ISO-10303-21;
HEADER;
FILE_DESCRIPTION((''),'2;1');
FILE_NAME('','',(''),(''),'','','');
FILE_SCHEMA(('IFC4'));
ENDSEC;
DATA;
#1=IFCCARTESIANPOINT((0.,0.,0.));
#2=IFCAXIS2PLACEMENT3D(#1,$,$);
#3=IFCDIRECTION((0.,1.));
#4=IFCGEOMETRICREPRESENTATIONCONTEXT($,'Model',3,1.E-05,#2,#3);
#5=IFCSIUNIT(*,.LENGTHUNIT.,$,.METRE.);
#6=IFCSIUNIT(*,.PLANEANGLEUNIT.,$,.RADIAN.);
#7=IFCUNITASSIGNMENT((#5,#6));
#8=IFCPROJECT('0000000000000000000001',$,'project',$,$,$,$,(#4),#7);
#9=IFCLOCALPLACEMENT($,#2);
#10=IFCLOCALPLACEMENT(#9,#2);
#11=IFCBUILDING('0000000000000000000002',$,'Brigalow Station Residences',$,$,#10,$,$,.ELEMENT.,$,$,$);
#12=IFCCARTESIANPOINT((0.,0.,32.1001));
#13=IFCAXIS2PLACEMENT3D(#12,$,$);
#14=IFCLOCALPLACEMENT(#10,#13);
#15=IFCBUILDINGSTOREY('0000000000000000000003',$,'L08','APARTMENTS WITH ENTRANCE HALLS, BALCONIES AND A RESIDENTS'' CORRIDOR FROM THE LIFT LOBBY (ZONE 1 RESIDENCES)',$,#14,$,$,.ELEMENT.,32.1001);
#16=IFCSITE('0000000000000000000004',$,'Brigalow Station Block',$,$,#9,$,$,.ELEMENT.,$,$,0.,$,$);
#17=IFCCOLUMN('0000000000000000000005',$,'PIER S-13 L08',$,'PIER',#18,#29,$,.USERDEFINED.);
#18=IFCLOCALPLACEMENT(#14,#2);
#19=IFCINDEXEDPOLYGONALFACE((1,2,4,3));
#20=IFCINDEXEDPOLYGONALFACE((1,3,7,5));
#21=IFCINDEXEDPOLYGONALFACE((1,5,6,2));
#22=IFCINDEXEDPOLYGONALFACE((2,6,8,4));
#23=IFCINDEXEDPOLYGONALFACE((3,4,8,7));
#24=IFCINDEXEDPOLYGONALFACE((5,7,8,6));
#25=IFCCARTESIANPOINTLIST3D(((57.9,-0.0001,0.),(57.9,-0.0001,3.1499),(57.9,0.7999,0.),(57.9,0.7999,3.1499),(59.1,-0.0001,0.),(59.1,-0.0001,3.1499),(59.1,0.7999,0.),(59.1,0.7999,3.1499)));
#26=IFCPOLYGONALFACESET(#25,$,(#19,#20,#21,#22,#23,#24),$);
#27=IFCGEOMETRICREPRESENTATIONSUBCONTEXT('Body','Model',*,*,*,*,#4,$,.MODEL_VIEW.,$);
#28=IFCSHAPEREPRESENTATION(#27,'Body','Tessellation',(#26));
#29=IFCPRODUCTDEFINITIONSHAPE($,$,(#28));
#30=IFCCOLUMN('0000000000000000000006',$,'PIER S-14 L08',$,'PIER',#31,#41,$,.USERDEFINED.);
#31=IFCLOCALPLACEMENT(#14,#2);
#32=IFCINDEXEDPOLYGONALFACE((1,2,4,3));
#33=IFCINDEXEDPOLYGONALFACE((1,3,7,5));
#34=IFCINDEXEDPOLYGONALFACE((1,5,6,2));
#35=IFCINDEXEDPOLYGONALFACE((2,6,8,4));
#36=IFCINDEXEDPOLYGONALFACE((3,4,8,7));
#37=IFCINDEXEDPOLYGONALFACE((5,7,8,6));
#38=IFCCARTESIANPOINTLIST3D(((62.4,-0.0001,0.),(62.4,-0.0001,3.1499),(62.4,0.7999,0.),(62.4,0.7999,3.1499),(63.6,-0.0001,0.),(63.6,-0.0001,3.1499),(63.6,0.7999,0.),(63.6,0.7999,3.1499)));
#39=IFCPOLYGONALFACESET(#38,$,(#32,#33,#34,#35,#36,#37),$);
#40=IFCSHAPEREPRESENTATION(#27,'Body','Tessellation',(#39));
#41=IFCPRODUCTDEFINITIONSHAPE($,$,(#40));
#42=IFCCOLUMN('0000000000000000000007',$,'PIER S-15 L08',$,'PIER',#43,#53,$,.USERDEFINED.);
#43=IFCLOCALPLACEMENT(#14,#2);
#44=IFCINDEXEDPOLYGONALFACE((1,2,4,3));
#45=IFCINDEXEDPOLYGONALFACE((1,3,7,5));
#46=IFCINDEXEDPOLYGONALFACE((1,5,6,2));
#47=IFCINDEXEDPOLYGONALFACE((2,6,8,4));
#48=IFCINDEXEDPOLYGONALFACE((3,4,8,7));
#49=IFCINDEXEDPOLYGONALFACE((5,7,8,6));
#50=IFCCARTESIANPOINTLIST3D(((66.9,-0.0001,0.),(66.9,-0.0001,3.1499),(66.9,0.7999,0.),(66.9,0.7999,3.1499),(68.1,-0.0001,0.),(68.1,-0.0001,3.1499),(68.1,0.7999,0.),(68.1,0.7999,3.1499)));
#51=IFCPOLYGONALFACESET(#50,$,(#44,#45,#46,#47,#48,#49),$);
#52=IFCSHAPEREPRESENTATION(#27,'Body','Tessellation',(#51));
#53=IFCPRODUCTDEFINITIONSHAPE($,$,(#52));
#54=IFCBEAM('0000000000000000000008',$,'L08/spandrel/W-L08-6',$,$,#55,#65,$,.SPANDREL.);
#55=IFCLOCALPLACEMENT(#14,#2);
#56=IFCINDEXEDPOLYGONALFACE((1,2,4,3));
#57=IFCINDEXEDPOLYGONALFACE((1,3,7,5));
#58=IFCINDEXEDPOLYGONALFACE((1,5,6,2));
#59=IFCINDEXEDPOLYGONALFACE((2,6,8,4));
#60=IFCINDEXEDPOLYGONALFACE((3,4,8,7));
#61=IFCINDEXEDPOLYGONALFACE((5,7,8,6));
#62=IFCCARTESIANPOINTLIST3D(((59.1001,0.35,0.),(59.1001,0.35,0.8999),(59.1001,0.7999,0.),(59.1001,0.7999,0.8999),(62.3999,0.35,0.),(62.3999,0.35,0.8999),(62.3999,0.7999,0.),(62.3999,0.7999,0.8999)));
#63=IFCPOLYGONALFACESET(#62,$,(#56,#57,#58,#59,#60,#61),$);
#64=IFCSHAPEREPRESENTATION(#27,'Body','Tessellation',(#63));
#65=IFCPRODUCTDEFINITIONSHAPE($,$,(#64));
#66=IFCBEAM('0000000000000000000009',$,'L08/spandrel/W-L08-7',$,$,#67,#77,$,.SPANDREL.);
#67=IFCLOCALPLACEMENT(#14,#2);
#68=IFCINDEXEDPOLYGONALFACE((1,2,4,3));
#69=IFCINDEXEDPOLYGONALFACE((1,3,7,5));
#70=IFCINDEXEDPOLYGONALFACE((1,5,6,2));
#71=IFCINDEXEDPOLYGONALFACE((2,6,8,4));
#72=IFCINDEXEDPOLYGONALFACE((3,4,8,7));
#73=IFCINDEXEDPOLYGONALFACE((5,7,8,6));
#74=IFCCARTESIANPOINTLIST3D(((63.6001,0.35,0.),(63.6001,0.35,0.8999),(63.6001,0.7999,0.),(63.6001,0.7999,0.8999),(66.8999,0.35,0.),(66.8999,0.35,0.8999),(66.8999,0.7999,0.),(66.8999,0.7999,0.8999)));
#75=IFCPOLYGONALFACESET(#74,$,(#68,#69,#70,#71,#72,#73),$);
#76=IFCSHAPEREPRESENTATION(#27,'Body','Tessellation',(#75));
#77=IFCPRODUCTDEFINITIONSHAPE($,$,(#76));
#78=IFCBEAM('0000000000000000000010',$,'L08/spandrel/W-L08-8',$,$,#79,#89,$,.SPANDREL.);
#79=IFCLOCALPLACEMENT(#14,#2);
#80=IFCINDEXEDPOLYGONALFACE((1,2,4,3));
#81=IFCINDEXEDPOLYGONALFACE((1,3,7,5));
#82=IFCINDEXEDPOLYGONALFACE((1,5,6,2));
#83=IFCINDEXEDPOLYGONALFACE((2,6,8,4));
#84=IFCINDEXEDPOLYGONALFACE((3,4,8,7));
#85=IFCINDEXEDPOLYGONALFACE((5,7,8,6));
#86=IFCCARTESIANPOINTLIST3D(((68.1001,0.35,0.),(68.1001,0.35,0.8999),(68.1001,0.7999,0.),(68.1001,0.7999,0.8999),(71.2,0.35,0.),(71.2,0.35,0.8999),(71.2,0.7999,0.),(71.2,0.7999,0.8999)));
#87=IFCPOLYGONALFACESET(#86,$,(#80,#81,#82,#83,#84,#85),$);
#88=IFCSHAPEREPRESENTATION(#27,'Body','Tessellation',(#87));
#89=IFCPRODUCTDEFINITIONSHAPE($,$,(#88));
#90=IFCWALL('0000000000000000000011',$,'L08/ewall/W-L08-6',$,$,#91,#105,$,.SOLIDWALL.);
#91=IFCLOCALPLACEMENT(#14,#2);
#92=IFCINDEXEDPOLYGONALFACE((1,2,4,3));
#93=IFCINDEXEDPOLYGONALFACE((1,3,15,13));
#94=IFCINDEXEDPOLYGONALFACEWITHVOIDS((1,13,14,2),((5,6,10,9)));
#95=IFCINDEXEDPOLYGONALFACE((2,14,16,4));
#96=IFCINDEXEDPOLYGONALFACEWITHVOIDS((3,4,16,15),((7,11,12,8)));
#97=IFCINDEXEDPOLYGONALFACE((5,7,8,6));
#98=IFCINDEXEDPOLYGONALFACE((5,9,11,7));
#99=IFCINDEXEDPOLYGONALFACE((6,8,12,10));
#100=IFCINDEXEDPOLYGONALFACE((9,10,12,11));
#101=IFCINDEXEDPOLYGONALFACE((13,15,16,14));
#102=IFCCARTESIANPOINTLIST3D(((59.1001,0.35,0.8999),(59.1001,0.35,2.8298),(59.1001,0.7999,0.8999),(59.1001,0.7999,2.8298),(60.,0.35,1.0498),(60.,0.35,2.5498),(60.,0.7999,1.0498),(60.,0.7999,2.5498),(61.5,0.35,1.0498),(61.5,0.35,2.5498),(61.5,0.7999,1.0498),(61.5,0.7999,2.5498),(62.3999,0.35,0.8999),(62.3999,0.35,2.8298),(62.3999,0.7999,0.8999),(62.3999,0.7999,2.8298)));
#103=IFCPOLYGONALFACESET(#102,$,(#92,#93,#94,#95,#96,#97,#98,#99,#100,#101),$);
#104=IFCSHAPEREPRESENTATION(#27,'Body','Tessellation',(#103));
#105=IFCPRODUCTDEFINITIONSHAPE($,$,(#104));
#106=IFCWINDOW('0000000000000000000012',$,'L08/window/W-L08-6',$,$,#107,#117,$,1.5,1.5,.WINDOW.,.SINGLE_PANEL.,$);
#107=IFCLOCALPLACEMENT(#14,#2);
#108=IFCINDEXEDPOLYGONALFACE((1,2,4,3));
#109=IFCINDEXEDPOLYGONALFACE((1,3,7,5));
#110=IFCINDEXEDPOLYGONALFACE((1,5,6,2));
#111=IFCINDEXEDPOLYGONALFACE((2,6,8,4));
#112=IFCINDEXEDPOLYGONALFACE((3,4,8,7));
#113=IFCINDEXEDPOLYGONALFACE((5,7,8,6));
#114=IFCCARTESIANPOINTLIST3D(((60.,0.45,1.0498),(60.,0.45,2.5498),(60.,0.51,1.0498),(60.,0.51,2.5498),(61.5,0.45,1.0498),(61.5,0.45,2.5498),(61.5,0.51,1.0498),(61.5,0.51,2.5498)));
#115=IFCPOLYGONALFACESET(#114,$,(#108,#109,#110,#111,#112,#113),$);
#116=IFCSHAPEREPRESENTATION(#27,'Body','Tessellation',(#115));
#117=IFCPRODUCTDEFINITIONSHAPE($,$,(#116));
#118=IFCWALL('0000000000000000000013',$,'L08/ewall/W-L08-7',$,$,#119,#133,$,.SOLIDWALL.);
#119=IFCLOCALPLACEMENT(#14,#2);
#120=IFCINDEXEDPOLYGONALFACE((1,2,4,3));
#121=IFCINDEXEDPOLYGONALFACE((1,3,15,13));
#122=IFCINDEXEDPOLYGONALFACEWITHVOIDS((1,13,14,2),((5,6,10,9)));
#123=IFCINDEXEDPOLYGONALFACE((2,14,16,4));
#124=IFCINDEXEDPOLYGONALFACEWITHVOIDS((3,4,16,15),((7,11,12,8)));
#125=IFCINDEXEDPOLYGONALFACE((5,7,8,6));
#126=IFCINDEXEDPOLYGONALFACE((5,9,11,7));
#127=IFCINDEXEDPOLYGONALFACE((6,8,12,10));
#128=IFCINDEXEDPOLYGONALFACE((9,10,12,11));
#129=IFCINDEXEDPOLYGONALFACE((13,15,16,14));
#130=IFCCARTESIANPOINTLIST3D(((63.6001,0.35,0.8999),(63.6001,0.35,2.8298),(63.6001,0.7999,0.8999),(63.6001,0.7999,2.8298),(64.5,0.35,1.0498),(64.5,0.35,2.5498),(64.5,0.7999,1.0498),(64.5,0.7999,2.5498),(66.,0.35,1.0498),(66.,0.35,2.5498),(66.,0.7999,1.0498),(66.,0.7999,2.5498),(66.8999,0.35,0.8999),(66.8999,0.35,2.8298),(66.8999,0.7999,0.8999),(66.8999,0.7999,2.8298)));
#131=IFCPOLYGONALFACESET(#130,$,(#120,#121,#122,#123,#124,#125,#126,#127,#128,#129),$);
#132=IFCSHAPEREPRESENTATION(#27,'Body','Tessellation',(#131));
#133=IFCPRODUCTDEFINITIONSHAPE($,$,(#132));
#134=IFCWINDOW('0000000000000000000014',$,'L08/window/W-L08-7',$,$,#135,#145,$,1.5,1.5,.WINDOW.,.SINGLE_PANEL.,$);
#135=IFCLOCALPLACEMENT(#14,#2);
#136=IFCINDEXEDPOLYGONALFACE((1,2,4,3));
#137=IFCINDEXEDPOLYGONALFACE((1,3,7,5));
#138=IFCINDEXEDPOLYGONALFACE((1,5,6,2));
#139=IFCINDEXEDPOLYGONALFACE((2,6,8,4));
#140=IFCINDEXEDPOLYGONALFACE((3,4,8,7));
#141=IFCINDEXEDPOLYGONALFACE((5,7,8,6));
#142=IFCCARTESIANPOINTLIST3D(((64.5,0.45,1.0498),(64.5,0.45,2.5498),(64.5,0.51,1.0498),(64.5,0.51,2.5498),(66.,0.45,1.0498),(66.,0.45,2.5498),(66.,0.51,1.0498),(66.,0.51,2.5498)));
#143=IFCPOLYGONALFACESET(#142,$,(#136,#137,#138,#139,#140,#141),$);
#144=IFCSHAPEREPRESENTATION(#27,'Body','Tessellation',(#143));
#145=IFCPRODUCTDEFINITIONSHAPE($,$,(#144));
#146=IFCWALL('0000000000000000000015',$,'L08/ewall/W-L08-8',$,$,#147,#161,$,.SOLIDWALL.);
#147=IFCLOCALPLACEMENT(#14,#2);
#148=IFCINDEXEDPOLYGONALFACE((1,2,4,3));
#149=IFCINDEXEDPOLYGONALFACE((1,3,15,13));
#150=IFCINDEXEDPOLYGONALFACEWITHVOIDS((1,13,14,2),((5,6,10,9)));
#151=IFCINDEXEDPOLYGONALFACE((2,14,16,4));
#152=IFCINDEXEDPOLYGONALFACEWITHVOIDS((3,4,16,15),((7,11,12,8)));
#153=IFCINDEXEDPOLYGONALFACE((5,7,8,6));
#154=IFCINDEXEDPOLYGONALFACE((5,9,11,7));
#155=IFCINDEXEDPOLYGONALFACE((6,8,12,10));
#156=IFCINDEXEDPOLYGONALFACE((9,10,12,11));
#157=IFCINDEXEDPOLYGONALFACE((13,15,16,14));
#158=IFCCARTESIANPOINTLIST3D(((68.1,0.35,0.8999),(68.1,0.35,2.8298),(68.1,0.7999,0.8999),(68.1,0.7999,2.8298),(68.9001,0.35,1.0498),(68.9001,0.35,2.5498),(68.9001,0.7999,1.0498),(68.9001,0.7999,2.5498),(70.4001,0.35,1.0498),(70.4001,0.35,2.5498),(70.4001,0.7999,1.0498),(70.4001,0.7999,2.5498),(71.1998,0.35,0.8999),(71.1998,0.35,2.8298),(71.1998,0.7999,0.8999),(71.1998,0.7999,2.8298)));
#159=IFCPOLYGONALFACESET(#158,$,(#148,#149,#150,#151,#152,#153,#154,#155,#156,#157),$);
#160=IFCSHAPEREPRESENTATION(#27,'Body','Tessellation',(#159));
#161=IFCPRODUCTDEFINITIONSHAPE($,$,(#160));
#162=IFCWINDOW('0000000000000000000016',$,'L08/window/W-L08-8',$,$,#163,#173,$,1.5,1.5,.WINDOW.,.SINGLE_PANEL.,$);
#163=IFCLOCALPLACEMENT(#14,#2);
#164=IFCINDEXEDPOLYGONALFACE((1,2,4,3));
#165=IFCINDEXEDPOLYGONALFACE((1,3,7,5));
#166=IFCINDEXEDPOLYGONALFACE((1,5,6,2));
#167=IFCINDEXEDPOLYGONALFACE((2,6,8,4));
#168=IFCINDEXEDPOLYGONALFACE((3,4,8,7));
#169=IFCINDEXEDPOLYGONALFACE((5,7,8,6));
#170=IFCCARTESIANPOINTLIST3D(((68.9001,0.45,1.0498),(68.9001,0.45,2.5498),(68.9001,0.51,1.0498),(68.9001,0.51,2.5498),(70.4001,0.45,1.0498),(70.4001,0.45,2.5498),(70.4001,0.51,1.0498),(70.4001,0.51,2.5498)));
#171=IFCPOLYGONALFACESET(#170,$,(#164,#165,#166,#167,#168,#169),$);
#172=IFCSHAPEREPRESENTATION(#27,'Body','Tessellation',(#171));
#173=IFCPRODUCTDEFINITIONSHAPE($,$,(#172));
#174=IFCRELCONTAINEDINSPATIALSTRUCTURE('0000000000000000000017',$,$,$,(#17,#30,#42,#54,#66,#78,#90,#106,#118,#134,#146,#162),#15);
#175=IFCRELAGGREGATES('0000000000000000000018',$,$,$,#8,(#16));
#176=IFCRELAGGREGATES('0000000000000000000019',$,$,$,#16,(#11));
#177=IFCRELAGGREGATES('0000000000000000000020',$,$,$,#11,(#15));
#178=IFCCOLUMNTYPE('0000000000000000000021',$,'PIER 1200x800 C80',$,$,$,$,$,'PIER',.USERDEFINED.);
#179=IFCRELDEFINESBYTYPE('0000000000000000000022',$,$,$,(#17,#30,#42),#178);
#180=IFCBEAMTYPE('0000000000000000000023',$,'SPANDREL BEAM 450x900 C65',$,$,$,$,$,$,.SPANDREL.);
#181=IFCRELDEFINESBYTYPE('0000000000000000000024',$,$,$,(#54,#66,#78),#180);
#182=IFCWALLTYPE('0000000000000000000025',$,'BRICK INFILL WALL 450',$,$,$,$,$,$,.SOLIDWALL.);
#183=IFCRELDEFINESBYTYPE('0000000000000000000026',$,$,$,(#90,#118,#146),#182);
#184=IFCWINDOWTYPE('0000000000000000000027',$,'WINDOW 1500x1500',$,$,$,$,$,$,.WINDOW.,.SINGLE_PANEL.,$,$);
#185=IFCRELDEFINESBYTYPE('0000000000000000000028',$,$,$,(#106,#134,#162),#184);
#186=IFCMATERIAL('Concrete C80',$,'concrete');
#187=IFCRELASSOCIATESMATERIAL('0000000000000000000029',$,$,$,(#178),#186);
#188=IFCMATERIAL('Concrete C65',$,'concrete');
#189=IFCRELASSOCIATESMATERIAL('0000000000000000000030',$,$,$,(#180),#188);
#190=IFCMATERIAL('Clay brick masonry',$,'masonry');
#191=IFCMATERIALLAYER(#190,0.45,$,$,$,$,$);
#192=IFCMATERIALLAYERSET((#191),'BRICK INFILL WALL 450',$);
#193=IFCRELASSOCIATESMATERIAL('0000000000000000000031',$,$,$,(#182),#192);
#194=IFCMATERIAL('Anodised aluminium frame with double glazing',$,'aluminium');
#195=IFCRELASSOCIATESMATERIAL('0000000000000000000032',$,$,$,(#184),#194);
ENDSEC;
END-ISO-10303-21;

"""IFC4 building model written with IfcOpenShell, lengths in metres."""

from ifc_helpers import new_model, si_unit, direction, frame, frame_2d, origin, origin_2d, place, context, subcontext, project, spatial, rectangle, extrude, material, layer, layer_set, material_profile, profile_set, type_object, element, fill, save


model = new_model("IFC4")

# Units and contexts
model_context = context("Model", 3, precision=1e-05, world=origin(), true_north=direction((0.0, 1.0)))
body_context = subcontext(model_context, "Body", "Model", "MODEL_VIEW")
ifc_project = project(units=[si_unit("LENGTHUNIT", "METRE"), si_unit("PLANEANGLEUNIT", "RADIAN")], contexts=[model_context])

# Site, building, storey
site_placement = place(None, origin())
site = spatial("IfcSite", under=ifc_project, at=site_placement, Name="Brigalow Station Block", CompositionType="ELEMENT", RefElevation=0.0)
building_placement = place(site_placement, origin())
building = spatial("IfcBuilding", under=site, at=building_placement, Name="Brigalow Station Residences", CompositionType="ELEMENT")
storey_placement = place(building_placement, frame((0.0, 0.0, 32.1001)))
storey = spatial("IfcBuildingStorey", under=building, at=storey_placement, Name="L08", Description="APARTMENTS WITH ENTRANCE HALLS, BALCONIES AND A RESIDENTS' CORRIDOR FROM THE LIFT LOBBY (ZONE 1 RESIDENCES)", CompositionType="ELEMENT", Elevation=32.1001)

# Columns
ifc_material_1 = material(Name="Concrete C80", Category="concrete")
ifc_material_profile_1 = material_profile(ifc_material_1, rectangle(XDim=1.2, YDim=0.8, at=origin_2d()), Name="RC1200x800")
ifc_profile_set_1 = profile_set([ifc_material_profile_1], Name="Concrete C80")
column_type = type_object("IfcColumnType", Name="PIER 1200x800 C80", ElementType="PIER", PredefinedType="USERDEFINED", material=ifc_profile_set_1)
for number, where, z_axis, x_axis, name in (
    (1, (58.5, 0.3999, 0.0), (0.0, 0.0, 1.0), (1.0, 0.0, 0.0), "PIER S-13 L08"),
    (2, (63.0, 0.3999, 0.0), (0.0, 0.0, 1.0), (1.0, 0.0, 0.0), "PIER S-14 L08"),
    (3, (67.5, 0.3999, 0.0), (0.0, 0.0, 1.0), (1.0, 0.0, 0.0), "PIER S-15 L08"),
):
    element("IfcColumn", number, at=place(storey_placement, frame(where, z_axis=z_axis, x_axis=x_axis)), inside=storey, type_object=column_type, Name=name, ObjectType="PIER", PredefinedType="USERDEFINED", context=body_context, shape_type="SweptSolid", body=[
        extrude(rectangle(XDim=1.2, YDim=0.8, at=origin_2d()), origin(), (0.0, 0.0, 1.0), 3.1499),
    ])

# Beams
ifc_material_2 = material(Name="Concrete C65", Category="concrete")
ifc_material_profile_2 = material_profile(ifc_material_2, rectangle(XDim=0.45, YDim=0.8999, at=origin_2d()), Name="RC450x900")
ifc_profile_set_2 = profile_set([ifc_material_profile_2], Name="Concrete C65")
beam_type = type_object("IfcBeamType", Name="SPANDREL BEAM 450x900 C65", PredefinedType="SPANDREL", material=ifc_profile_set_2)
for number, where, z_axis, x_axis, name in (
    (4, (59.1001, 0.575, 0.45), (1.0, 0.0, 0.0), (0.0, 1.0, 0.0), "L08/spandrel/W-L08-6"),
    (5, (63.6001, 0.575, 0.45), (1.0, 0.0, 0.0), (0.0, 1.0, 0.0), "L08/spandrel/W-L08-7"),
):
    element("IfcBeam", number, at=place(storey_placement, frame(where, z_axis=z_axis, x_axis=x_axis)), inside=storey, type_object=beam_type, Name=name, PredefinedType="SPANDREL", context=body_context, shape_type="SweptSolid", body=[
        extrude(rectangle(XDim=0.45, YDim=0.8999, at=origin_2d()), origin(), (0.0, 0.0, 1.0), 3.2998),
    ])
beam_placement = place(storey_placement, frame((68.1001, 0.575, 0.45), z_axis=(1.0, 0.0, 0.0), x_axis=(0.0, 1.0, 0.0)))
element("IfcBeam", 6, at=beam_placement, inside=storey, type_object=beam_type, Name="L08/spandrel/W-L08-8", PredefinedType="SPANDREL", context=body_context, shape_type="SweptSolid", body=[
    extrude(rectangle(XDim=0.45, YDim=0.8999, at=origin_2d()), origin(), (0.0, 0.0, 1.0), 3.0999),
])

# Walls, openings, windows
ifc_material_3 = material(Name="Clay brick masonry", Category="masonry")
ifc_layer_1 = layer(ifc_material_3, 0.45)
ifc_layer_set_1 = layer_set([ifc_layer_1], Name="BRICK INFILL WALL 450")
wall_type_1 = type_object("IfcWallType", Name="BRICK INFILL WALL 450", PredefinedType="SOLIDWALL", material=ifc_layer_set_1)
wall_1_placement = place(storey_placement, frame((59.1001, 0.575, 0.8999), z_axis=(0.0, 0.0, 1.0), x_axis=(1.0, 0.0, 0.0)))
wall_1 = element("IfcWall", 7, at=wall_1_placement, inside=storey, type_object=wall_type_1, Name="L08/ewall/W-L08-6", PredefinedType="SOLIDWALL", context=body_context, shape_type="SweptSolid", body=[
    extrude(rectangle(XDim=3.2998, YDim=0.45, at=frame_2d((1.6499, 0.0))), origin(), (0.0, 0.0, 1.0), 1.9299),
])
opening_1_placement = place(wall_1_placement, frame((0.8999, 0.0, 0.1499)))
opening_1 = element("IfcOpeningElement", 8, at=opening_1_placement, cuts=wall_1, PredefinedType="OPENING", context=body_context, shape_type="SweptSolid", body=[
    extrude(rectangle(XDim=1.5, YDim=1.5, at=frame_2d((0.75, 0.75))), frame((0.0, 0.2349, 0.0), z_axis=(0.0, -1.0, 0.0), x_axis=(1.0, 0.0, 0.0)), (0.0, 0.0, 1.0), 0.47),
])
ifc_material_4 = material(Name="Anodised aluminium frame with double glazing", Category="aluminium")
window_type = type_object("IfcWindowType", Name="WINDOW 1500x1500", PartitioningType="SINGLE_PANEL", PredefinedType="WINDOW", material=ifc_material_4)
window_1_placement = place(opening_1_placement, origin())
window_1 = element("IfcWindow", 9, at=window_1_placement, inside=storey, type_object=window_type, Name="L08/window/W-L08-6", OverallHeight=1.5, OverallWidth=1.5, PartitioningType="SINGLE_PANEL", PredefinedType="WINDOW", context=body_context, shape_type="SweptSolid", body=[
    extrude(rectangle(XDim=1.5, YDim=1.5, at=frame_2d((0.75, 0.75))), frame((0.0, -0.0649, 0.0), z_axis=(0.0, -1.0, 0.0), x_axis=(1.0, 0.0, 0.0)), (0.0, 0.0, 1.0), 0.0601),
])
fill(opening_1, window_1)
wall_2_placement = place(storey_placement, frame((63.6001, 0.575, 0.8999), z_axis=(0.0, 0.0, 1.0), x_axis=(1.0, 0.0, 0.0)))
wall_2 = element("IfcWall", 10, at=wall_2_placement, inside=storey, type_object=wall_type_1, Name="L08/ewall/W-L08-7", PredefinedType="SOLIDWALL", context=body_context, shape_type="SweptSolid", body=[
    extrude(rectangle(XDim=3.2998, YDim=0.45, at=frame_2d((1.6499, 0.0))), origin(), (0.0, 0.0, 1.0), 1.9299),
])
opening_2_placement = place(wall_2_placement, frame((0.8999, 0.0, 0.1499)))
opening_2 = element("IfcOpeningElement", 11, at=opening_2_placement, cuts=wall_2, PredefinedType="OPENING", context=body_context, shape_type="SweptSolid", body=[
    extrude(rectangle(XDim=1.5, YDim=1.5, at=frame_2d((0.75, 0.75))), frame((0.0, 0.2349, 0.0), z_axis=(0.0, -1.0, 0.0), x_axis=(1.0, 0.0, 0.0)), (0.0, 0.0, 1.0), 0.47),
])
window_2_placement = place(opening_2_placement, origin())
window_2 = element("IfcWindow", 12, at=window_2_placement, inside=storey, type_object=window_type, Name="L08/window/W-L08-7", OverallHeight=1.5, OverallWidth=1.5, PartitioningType="SINGLE_PANEL", PredefinedType="WINDOW", context=body_context, shape_type="SweptSolid", body=[
    extrude(rectangle(XDim=1.5, YDim=1.5, at=frame_2d((0.75, 0.75))), frame((0.0, -0.0649, 0.0), z_axis=(0.0, -1.0, 0.0), x_axis=(1.0, 0.0, 0.0)), (0.0, 0.0, 1.0), 0.0601),
])
fill(opening_2, window_2)
wall_3_placement = place(storey_placement, frame((68.1001, 0.575, 0.8999), z_axis=(0.0, 0.0, 1.0), x_axis=(1.0, 0.0, 0.0)))
wall_3 = element("IfcWall", 13, at=wall_3_placement, inside=storey, type_object=wall_type_1, Name="L08/ewall/W-L08-8", PredefinedType="SOLIDWALL", context=body_context, shape_type="SweptSolid", body=[
    extrude(rectangle(XDim=3.0999, YDim=0.45, at=frame_2d((1.5498, 0.0))), origin(), (0.0, 0.0, 1.0), 1.9299),
])
opening_3_placement = place(wall_3_placement, frame((0.8, 0.0, 0.1499)))
opening_3 = element("IfcOpeningElement", 14, at=opening_3_placement, cuts=wall_3, PredefinedType="OPENING", context=body_context, shape_type="SweptSolid", body=[
    extrude(rectangle(XDim=1.5, YDim=1.5, at=frame_2d((0.75, 0.75))), frame((0.0, 0.2349, 0.0), z_axis=(0.0, -1.0, 0.0), x_axis=(1.0, 0.0, 0.0)), (0.0, 0.0, 1.0), 0.47),
])
window_3_placement = place(opening_3_placement, origin())
window_3 = element("IfcWindow", 15, at=window_3_placement, inside=storey, type_object=window_type, Name="L08/window/W-L08-8", OverallHeight=1.5, OverallWidth=1.5, PartitioningType="SINGLE_PANEL", PredefinedType="WINDOW", context=body_context, shape_type="SweptSolid", body=[
    extrude(rectangle(XDim=1.5, YDim=1.5, at=frame_2d((0.75, 0.75))), frame((0.0, -0.0649, 0.0), z_axis=(0.0, -1.0, 0.0), x_axis=(1.0, 0.0, 0.0)), (0.0, 0.0, 1.0), 0.0601),
])
fill(opening_3, window_3)

save(model, "model.ifc")
